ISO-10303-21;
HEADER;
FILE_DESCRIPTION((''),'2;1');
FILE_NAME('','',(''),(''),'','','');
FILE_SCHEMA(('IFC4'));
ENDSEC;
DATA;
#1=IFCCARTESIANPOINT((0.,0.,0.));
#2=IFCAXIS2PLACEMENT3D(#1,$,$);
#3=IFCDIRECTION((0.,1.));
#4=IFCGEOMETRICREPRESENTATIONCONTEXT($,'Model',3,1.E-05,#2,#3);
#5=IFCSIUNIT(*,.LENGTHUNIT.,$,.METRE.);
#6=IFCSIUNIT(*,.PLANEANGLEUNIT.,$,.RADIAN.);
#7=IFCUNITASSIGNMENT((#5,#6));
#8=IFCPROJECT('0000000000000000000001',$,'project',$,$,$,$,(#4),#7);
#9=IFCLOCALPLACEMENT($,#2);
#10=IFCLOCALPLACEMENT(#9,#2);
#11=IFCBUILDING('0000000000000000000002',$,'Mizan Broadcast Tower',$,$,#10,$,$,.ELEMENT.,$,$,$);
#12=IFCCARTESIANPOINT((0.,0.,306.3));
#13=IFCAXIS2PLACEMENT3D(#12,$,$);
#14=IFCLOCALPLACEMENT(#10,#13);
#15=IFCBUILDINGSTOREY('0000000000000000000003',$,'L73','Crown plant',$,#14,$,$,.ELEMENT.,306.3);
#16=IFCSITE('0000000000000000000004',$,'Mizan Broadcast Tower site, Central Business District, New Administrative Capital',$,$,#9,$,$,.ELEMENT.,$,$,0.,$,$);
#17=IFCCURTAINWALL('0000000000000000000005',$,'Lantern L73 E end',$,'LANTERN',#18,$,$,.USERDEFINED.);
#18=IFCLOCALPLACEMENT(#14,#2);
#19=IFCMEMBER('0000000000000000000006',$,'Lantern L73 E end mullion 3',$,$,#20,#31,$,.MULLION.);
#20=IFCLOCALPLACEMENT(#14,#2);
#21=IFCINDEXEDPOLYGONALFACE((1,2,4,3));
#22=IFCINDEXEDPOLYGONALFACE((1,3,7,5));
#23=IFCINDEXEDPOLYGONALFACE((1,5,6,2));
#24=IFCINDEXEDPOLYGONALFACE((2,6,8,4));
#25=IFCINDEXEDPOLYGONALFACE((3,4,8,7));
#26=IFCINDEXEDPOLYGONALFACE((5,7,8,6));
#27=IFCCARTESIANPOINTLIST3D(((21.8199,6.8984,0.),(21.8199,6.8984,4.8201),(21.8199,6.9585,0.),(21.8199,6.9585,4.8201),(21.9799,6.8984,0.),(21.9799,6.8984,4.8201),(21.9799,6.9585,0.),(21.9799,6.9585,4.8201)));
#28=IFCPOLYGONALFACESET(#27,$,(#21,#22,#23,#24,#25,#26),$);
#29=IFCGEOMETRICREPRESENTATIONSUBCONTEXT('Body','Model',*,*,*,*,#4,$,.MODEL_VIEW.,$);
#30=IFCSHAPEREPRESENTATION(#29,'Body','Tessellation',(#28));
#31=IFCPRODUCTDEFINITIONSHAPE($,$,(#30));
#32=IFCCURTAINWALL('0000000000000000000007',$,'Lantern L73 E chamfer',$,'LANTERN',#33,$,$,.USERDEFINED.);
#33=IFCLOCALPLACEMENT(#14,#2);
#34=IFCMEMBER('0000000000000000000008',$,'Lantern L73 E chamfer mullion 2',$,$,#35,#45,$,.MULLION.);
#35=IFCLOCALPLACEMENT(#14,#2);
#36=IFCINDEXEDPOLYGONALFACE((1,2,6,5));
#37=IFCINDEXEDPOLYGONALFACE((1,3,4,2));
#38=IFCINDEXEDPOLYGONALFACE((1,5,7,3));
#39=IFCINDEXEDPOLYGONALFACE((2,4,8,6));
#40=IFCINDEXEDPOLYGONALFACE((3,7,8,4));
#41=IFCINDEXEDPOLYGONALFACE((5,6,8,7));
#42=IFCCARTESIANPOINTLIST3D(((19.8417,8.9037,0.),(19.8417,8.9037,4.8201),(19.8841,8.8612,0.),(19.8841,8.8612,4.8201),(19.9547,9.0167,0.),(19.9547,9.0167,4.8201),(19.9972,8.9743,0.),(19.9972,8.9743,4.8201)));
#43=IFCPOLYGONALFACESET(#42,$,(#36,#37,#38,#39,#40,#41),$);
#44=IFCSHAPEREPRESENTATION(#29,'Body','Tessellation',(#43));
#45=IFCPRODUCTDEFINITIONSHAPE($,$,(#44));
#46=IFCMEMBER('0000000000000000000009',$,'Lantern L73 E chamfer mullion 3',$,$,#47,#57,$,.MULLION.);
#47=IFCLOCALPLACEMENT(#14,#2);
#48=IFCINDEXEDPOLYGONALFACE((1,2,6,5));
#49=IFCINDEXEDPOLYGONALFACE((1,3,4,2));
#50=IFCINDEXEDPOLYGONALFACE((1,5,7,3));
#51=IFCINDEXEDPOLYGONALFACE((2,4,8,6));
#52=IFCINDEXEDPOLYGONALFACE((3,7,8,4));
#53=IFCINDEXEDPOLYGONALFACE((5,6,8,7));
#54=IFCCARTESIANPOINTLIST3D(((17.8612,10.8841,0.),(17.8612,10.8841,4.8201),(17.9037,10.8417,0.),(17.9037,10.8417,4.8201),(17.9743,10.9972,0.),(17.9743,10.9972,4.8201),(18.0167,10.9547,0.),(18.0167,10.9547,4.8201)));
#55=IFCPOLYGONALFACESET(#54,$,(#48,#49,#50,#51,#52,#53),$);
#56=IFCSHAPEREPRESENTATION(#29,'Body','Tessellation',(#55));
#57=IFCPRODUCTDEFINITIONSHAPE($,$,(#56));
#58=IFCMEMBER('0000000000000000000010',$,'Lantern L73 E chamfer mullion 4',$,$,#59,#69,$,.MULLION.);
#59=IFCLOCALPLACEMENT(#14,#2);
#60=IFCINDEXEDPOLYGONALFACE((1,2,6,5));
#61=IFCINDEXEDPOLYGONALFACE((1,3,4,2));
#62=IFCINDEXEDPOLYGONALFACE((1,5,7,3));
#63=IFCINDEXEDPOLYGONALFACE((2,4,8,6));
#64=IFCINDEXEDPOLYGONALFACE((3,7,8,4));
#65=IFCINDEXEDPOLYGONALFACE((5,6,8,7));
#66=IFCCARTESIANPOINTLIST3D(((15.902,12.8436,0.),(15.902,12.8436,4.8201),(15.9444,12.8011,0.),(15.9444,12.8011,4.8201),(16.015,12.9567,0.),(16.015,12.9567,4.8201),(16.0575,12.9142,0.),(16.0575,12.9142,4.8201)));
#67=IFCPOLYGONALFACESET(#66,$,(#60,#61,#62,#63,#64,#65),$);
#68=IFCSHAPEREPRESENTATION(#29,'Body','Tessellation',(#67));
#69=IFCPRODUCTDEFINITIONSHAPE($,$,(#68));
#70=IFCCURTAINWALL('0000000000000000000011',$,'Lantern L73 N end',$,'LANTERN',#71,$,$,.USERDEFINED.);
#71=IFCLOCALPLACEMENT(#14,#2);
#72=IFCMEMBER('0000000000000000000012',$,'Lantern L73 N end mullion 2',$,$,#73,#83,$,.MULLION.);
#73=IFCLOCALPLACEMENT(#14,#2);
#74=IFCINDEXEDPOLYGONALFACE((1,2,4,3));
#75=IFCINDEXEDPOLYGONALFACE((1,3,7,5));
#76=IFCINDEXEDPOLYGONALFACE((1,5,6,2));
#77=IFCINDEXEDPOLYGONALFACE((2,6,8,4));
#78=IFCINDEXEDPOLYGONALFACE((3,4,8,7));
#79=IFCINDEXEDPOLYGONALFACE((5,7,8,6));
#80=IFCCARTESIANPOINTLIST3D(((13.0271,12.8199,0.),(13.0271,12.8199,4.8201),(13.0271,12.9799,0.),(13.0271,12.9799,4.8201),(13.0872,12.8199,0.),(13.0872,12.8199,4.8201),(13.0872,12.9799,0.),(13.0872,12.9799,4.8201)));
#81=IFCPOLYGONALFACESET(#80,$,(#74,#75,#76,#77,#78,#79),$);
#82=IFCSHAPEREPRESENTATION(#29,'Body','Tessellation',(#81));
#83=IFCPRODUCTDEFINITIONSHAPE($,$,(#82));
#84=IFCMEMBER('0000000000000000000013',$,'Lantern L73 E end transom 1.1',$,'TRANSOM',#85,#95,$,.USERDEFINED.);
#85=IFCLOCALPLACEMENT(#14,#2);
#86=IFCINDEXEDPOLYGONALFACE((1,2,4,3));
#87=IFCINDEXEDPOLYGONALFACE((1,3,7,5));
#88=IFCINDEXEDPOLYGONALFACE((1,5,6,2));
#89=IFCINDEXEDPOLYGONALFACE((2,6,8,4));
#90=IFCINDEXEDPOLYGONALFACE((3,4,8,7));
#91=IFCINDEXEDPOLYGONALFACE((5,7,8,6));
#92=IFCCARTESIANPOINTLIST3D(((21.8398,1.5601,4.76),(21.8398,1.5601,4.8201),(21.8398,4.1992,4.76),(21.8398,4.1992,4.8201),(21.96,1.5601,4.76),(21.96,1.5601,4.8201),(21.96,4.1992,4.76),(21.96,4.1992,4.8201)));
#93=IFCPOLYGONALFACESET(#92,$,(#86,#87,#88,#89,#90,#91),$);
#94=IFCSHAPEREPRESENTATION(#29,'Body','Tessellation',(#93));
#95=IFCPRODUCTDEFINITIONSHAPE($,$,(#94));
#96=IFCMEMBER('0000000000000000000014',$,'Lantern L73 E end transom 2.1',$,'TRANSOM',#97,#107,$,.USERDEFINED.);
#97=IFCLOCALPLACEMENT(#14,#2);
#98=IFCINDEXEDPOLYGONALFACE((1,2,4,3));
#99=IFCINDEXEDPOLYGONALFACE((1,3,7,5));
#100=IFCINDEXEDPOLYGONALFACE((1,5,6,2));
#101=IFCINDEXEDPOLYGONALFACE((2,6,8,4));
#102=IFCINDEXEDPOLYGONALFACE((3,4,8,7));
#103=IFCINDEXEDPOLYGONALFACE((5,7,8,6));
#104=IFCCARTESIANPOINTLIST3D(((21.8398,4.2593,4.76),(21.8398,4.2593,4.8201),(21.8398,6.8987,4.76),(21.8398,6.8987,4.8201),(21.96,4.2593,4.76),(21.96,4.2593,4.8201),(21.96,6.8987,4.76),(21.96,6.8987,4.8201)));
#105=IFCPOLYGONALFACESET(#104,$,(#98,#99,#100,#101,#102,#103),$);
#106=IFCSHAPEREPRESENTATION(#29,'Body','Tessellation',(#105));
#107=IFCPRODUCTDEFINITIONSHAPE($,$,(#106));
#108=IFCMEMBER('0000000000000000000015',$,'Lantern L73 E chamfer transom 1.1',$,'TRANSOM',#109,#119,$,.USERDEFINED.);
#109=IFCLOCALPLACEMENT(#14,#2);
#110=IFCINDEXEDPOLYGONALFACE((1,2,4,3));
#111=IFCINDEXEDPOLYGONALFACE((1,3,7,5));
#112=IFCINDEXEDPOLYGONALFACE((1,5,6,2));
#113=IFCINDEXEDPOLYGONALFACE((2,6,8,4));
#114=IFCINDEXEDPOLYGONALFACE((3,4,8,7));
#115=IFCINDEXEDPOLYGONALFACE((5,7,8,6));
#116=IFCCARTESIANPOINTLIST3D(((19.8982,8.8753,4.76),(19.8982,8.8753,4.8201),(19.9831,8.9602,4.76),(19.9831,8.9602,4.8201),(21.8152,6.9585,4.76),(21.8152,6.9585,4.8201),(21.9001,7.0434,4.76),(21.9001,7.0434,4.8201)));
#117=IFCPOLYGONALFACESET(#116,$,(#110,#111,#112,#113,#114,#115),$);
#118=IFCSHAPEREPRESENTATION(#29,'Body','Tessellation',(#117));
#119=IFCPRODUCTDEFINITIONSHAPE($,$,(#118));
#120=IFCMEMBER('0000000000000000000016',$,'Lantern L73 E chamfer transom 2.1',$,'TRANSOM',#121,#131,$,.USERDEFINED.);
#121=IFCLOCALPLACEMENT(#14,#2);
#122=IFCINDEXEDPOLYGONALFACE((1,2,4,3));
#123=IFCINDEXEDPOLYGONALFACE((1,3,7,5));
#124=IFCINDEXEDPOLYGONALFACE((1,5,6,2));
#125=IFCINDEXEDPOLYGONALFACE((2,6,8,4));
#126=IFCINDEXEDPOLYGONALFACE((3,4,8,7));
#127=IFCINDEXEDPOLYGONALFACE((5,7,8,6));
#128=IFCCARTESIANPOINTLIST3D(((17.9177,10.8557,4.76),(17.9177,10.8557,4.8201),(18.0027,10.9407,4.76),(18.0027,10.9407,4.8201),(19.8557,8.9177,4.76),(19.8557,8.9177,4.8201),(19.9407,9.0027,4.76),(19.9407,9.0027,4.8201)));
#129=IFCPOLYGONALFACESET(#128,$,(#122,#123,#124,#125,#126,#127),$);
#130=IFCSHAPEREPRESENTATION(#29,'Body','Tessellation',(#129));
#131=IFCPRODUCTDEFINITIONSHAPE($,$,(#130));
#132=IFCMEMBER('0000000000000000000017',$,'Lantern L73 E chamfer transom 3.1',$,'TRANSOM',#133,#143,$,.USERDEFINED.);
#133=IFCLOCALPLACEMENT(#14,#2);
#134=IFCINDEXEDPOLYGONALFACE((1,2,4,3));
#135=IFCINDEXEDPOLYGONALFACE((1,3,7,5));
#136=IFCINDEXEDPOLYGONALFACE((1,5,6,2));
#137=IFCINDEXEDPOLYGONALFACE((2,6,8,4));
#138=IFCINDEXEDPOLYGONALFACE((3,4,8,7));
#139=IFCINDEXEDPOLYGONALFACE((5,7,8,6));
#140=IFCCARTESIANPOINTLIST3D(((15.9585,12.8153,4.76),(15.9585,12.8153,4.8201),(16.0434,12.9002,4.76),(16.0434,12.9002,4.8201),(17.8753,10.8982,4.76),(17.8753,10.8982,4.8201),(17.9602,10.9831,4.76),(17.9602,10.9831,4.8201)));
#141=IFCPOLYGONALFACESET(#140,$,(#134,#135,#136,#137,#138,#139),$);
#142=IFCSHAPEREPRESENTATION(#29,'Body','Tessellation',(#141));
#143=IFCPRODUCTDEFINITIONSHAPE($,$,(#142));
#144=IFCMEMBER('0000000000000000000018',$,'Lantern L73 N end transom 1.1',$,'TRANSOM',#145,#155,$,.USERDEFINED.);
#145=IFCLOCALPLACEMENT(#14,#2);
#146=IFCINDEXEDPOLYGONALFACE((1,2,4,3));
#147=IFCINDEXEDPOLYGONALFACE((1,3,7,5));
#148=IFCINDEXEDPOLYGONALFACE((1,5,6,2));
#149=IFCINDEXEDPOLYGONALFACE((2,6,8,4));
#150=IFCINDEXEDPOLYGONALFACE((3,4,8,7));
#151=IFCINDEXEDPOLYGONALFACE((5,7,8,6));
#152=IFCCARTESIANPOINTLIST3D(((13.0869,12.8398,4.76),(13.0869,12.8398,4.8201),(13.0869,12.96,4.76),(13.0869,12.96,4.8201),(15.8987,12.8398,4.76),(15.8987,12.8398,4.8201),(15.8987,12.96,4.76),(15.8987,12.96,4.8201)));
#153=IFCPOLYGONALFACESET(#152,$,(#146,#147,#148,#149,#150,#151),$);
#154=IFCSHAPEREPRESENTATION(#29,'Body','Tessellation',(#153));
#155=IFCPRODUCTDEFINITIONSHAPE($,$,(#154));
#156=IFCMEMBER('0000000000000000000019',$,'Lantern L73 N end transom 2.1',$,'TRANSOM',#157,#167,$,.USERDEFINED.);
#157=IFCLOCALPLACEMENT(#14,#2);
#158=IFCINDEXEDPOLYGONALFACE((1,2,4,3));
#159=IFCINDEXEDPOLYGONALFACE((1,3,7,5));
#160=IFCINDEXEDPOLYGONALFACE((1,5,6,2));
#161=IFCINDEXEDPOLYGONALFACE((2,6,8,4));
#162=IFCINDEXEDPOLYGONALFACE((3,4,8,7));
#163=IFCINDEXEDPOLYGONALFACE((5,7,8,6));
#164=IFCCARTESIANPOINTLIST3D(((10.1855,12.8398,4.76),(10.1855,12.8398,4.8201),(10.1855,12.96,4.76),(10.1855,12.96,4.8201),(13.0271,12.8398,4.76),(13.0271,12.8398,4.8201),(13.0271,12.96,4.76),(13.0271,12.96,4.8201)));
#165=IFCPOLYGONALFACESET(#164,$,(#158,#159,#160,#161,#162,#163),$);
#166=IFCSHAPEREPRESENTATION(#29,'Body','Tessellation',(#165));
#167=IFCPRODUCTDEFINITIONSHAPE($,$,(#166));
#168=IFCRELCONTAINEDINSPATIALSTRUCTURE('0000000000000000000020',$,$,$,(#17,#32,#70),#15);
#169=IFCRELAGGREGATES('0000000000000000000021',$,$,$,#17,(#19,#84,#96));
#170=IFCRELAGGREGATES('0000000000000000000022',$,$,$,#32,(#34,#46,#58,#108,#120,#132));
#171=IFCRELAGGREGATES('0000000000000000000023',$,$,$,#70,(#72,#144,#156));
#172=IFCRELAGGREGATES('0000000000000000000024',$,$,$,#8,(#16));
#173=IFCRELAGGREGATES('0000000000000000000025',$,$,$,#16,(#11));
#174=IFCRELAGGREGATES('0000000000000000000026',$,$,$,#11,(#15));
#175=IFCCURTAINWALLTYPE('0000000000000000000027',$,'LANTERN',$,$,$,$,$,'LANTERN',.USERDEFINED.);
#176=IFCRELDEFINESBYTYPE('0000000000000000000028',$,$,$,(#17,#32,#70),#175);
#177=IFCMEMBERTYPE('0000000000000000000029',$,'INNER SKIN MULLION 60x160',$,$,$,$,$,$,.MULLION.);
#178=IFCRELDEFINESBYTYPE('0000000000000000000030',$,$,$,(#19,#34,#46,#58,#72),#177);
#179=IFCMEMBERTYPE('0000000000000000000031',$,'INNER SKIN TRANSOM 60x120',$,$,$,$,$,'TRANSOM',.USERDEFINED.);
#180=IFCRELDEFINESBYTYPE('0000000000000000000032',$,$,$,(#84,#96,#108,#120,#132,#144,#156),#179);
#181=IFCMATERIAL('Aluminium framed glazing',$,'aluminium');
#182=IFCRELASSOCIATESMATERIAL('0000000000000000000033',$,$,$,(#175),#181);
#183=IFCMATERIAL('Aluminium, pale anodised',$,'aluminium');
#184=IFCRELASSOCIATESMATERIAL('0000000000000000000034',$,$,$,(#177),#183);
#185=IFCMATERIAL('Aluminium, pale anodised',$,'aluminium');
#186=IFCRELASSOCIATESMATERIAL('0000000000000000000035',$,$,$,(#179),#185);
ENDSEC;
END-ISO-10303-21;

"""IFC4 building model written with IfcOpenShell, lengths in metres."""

from ifc_helpers import new_model, si_unit, direction, frame, origin, origin_2d, place, context, subcontext, project, spatial, rectangle, extrude, material, material_profile, profile_set, type_object, element, aggregate, save


model = new_model("IFC4")

# Units and contexts
model_context = context("Model", 3, precision=1e-05, world=origin(), true_north=direction((0.0, 1.0)))
body_context = subcontext(model_context, "Body", "Model", "MODEL_VIEW")
ifc_project = project(units=[si_unit("LENGTHUNIT", "METRE"), si_unit("PLANEANGLEUNIT", "RADIAN")], contexts=[model_context])

# Site, building, storey
site_placement = place(None, origin())
site = spatial("IfcSite", under=ifc_project, at=site_placement, Name="Mizan Broadcast Tower site, Central Business District, New Administrative Capital", CompositionType="ELEMENT", RefElevation=0.0)
building_placement = place(site_placement, origin())
building = spatial("IfcBuilding", under=site, at=building_placement, Name="Mizan Broadcast Tower", CompositionType="ELEMENT")
storey_placement = place(building_placement, frame((0.0, 0.0, 306.3)))
storey = spatial("IfcBuildingStorey", under=building, at=storey_placement, Name="L73", Description="Crown plant", CompositionType="ELEMENT", Elevation=306.3)

# Curtain walls, members
ifc_material_1 = material(Name="Aluminium framed glazing", Category="aluminium")
curtain_wall_type = type_object("IfcCurtainWallType", Name="LANTERN", ElementType="LANTERN", PredefinedType="USERDEFINED", material=ifc_material_1)
curtain_wall_1_placement = place(storey_placement, origin())
curtain_wall_1 = element("IfcCurtainWall", 1, at=curtain_wall_1_placement, inside=storey, type_object=curtain_wall_type, Name="Lantern L73 E end", ObjectType="LANTERN", PredefinedType="USERDEFINED")
ifc_material_2 = material(Name="Aluminium, pale anodised", Category="aluminium")
ifc_material_profile_1 = material_profile(ifc_material_2, rectangle(XDim=0.1599, YDim=0.0601, at=origin_2d()), Name="MULLION 160x60")
ifc_profile_set_1 = profile_set([ifc_material_profile_1], Name="Aluminium, pale anodised")
member_type_1 = type_object("IfcMemberType", Name="INNER SKIN MULLION 60x160", PredefinedType="MULLION", material=ifc_profile_set_1)
member_1_placement = place(storey_placement, frame((21.8999, 6.9285, 0.0), z_axis=(0.0, 0.0, 1.0), x_axis=(-1.0, 0.0, 0.0)))
member_1 = element("IfcMember", 2, at=member_1_placement, type_object=member_type_1, Name="Lantern L73 E end mullion 3", PredefinedType="MULLION", context=body_context, shape_type="SweptSolid", body=[
    extrude(rectangle(XDim=0.1599, YDim=0.0601, at=origin_2d()), origin(), (0.0, 0.0, 1.0), 4.8201),
])
curtain_wall_2_placement = place(storey_placement, origin())
curtain_wall_2 = element("IfcCurtainWall", 3, at=curtain_wall_2_placement, inside=storey, type_object=curtain_wall_type, Name="Lantern L73 E chamfer", ObjectType="LANTERN", PredefinedType="USERDEFINED")
member_2_placement = place(storey_placement, frame((19.9194, 8.939, 0.0), z_axis=(0.0, 0.0, 1.0), x_axis=(-0.707107, -0.707107, 0.0)))
member_2 = element("IfcMember", 4, at=member_2_placement, type_object=member_type_1, Name="Lantern L73 E chamfer mullion 2", PredefinedType="MULLION", context=body_context, shape_type="SweptSolid", body=[
    extrude(rectangle(XDim=0.1599, YDim=0.0601, at=origin_2d()), origin(), (0.0, 0.0, 1.0), 4.8201),
])
member_3_placement = place(storey_placement, frame((17.939, 10.9194, 0.0), z_axis=(0.0, 0.0, 1.0), x_axis=(-0.707107, -0.707107, 0.0)))
member_3 = element("IfcMember", 5, at=member_3_placement, type_object=member_type_1, Name="Lantern L73 E chamfer mullion 3", PredefinedType="MULLION", context=body_context, shape_type="SweptSolid", body=[
    extrude(rectangle(XDim=0.1599, YDim=0.0601, at=origin_2d()), origin(), (0.0, 0.0, 1.0), 4.8201),
])
member_4_placement = place(storey_placement, frame((15.9797, 12.8789, 0.0), z_axis=(0.0, 0.0, 1.0), x_axis=(-0.707107, -0.707107, 0.0)))
member_4 = element("IfcMember", 6, at=member_4_placement, type_object=member_type_1, Name="Lantern L73 E chamfer mullion 4", PredefinedType="MULLION", context=body_context, shape_type="SweptSolid", body=[
    extrude(rectangle(XDim=0.1599, YDim=0.0601, at=origin_2d()), origin(), (0.0, 0.0, 1.0), 4.8201),
])

# Curtain wall, member
curtain_wall_3_placement = place(storey_placement, origin())
curtain_wall_3 = element("IfcCurtainWall", 7, at=curtain_wall_3_placement, inside=storey, type_object=curtain_wall_type, Name="Lantern L73 N end", ObjectType="LANTERN", PredefinedType="USERDEFINED")
member_5_placement = place(storey_placement, frame((13.0571, 12.8999, 0.0), z_axis=(0.0, 0.0, 1.0), x_axis=(0.0, -1.0, 0.0)))
member_5 = element("IfcMember", 8, at=member_5_placement, type_object=member_type_1, Name="Lantern L73 N end mullion 2", PredefinedType="MULLION", context=body_context, shape_type="SweptSolid", body=[
    extrude(rectangle(XDim=0.1599, YDim=0.0601, at=origin_2d()), origin(), (0.0, 0.0, 1.0), 4.8201),
])

# Members
ifc_material_3 = material(Name="Aluminium, pale anodised", Category="aluminium")
ifc_material_profile_2 = material_profile(ifc_material_3, rectangle(XDim=0.1201, YDim=0.0601, at=origin_2d()), Name="TRANSOM 120x60")
ifc_profile_set_2 = profile_set([ifc_material_profile_2], Name="Aluminium, pale anodised")
member_type_2 = type_object("IfcMemberType", Name="INNER SKIN TRANSOM 60x120", ElementType="TRANSOM", PredefinedType="USERDEFINED", material=ifc_profile_set_2)
member_6_placement = place(storey_placement, frame((21.8999, 1.5601, 4.79), z_axis=(0.0, 1.0, 0.0), x_axis=(-1.0, 0.0, 0.0)))
member_6 = element("IfcMember", 9, at=member_6_placement, type_object=member_type_2, Name="Lantern L73 E end transom 1.1", ObjectType="TRANSOM", PredefinedType="USERDEFINED", context=body_context, shape_type="SweptSolid", body=[
    extrude(rectangle(XDim=0.1201, YDim=0.0601, at=origin_2d()), origin(), (0.0, 0.0, 1.0), 2.6392),
])
member_7_placement = place(storey_placement, frame((21.8999, 4.2593, 4.79), z_axis=(0.0, 1.0, 0.0), x_axis=(-1.0, 0.0, 0.0)))
member_7 = element("IfcMember", 10, at=member_7_placement, type_object=member_type_2, Name="Lantern L73 E end transom 2.1", ObjectType="TRANSOM", PredefinedType="USERDEFINED", context=body_context, shape_type="SweptSolid", body=[
    extrude(rectangle(XDim=0.1201, YDim=0.0601, at=origin_2d()), origin(), (0.0, 0.0, 1.0), 2.6394),
])
member_8_placement = place(storey_placement, frame((21.8577, 7.001, 4.79), z_axis=(-0.707152, 0.707062, 0.0), x_axis=(-0.707062, -0.707152, 0.0)))
member_8 = element("IfcMember", 11, at=member_8_placement, type_object=member_type_2, Name="Lantern L73 E chamfer transom 1.1", ObjectType="TRANSOM", PredefinedType="USERDEFINED", context=body_context, shape_type="SweptSolid", body=[
    extrude(rectangle(XDim=0.1201, YDim=0.0601, at=origin_2d()), origin(), (0.0, 0.0, 1.0), 2.7109),
])
member_9_placement = place(storey_placement, frame((19.8982, 8.9602, 4.79), z_axis=(-0.707107, 0.707107, 0.0), x_axis=(-0.707107, -0.707107, 0.0)))
member_9 = element("IfcMember", 12, at=member_9_placement, type_object=member_type_2, Name="Lantern L73 E chamfer transom 2.1", ObjectType="TRANSOM", PredefinedType="USERDEFINED", context=body_context, shape_type="SweptSolid", body=[
    extrude(rectangle(XDim=0.1201, YDim=0.0601, at=origin_2d()), origin(), (0.0, 0.0, 1.0), 2.7407),
])
member_10_placement = place(storey_placement, frame((17.9177, 10.9407, 4.79), z_axis=(-0.707062, 0.707152, 0.0), x_axis=(-0.707152, -0.707062, 0.0)))
member_10 = element("IfcMember", 13, at=member_10_placement, type_object=member_type_2, Name="Lantern L73 E chamfer transom 3.1", ObjectType="TRANSOM", PredefinedType="USERDEFINED", context=body_context, shape_type="SweptSolid", body=[
    extrude(rectangle(XDim=0.1201, YDim=0.0601, at=origin_2d()), origin(), (0.0, 0.0, 1.0), 2.7109),
])
member_11_placement = place(storey_placement, frame((15.8987, 12.8999, 4.79), z_axis=(-1.0, 0.0, 0.0), x_axis=(0.0, -1.0, 0.0)))
member_11 = element("IfcMember", 14, at=member_11_placement, type_object=member_type_2, Name="Lantern L73 N end transom 1.1", ObjectType="TRANSOM", PredefinedType="USERDEFINED", context=body_context, shape_type="SweptSolid", body=[
    extrude(rectangle(XDim=0.1201, YDim=0.0601, at=origin_2d()), origin(), (0.0, 0.0, 1.0), 2.8118),
])
member_12_placement = place(storey_placement, frame((13.0271, 12.8999, 4.79), z_axis=(-1.0, 0.0, 0.0), x_axis=(0.0, -1.0, 0.0)))
member_12 = element("IfcMember", 15, at=member_12_placement, type_object=member_type_2, Name="Lantern L73 N end transom 2.1", ObjectType="TRANSOM", PredefinedType="USERDEFINED", context=body_context, shape_type="SweptSolid", body=[
    extrude(rectangle(XDim=0.1201, YDim=0.0601, at=origin_2d()), origin(), (0.0, 0.0, 1.0), 2.8416),
])

aggregate(curtain_wall_1, [member_1, member_6, member_7])
aggregate(curtain_wall_2, [member_2, member_3, member_4, member_8, member_9, member_10])
aggregate(curtain_wall_3, [member_5, member_11, member_12])

save(model, "model.ifc")
